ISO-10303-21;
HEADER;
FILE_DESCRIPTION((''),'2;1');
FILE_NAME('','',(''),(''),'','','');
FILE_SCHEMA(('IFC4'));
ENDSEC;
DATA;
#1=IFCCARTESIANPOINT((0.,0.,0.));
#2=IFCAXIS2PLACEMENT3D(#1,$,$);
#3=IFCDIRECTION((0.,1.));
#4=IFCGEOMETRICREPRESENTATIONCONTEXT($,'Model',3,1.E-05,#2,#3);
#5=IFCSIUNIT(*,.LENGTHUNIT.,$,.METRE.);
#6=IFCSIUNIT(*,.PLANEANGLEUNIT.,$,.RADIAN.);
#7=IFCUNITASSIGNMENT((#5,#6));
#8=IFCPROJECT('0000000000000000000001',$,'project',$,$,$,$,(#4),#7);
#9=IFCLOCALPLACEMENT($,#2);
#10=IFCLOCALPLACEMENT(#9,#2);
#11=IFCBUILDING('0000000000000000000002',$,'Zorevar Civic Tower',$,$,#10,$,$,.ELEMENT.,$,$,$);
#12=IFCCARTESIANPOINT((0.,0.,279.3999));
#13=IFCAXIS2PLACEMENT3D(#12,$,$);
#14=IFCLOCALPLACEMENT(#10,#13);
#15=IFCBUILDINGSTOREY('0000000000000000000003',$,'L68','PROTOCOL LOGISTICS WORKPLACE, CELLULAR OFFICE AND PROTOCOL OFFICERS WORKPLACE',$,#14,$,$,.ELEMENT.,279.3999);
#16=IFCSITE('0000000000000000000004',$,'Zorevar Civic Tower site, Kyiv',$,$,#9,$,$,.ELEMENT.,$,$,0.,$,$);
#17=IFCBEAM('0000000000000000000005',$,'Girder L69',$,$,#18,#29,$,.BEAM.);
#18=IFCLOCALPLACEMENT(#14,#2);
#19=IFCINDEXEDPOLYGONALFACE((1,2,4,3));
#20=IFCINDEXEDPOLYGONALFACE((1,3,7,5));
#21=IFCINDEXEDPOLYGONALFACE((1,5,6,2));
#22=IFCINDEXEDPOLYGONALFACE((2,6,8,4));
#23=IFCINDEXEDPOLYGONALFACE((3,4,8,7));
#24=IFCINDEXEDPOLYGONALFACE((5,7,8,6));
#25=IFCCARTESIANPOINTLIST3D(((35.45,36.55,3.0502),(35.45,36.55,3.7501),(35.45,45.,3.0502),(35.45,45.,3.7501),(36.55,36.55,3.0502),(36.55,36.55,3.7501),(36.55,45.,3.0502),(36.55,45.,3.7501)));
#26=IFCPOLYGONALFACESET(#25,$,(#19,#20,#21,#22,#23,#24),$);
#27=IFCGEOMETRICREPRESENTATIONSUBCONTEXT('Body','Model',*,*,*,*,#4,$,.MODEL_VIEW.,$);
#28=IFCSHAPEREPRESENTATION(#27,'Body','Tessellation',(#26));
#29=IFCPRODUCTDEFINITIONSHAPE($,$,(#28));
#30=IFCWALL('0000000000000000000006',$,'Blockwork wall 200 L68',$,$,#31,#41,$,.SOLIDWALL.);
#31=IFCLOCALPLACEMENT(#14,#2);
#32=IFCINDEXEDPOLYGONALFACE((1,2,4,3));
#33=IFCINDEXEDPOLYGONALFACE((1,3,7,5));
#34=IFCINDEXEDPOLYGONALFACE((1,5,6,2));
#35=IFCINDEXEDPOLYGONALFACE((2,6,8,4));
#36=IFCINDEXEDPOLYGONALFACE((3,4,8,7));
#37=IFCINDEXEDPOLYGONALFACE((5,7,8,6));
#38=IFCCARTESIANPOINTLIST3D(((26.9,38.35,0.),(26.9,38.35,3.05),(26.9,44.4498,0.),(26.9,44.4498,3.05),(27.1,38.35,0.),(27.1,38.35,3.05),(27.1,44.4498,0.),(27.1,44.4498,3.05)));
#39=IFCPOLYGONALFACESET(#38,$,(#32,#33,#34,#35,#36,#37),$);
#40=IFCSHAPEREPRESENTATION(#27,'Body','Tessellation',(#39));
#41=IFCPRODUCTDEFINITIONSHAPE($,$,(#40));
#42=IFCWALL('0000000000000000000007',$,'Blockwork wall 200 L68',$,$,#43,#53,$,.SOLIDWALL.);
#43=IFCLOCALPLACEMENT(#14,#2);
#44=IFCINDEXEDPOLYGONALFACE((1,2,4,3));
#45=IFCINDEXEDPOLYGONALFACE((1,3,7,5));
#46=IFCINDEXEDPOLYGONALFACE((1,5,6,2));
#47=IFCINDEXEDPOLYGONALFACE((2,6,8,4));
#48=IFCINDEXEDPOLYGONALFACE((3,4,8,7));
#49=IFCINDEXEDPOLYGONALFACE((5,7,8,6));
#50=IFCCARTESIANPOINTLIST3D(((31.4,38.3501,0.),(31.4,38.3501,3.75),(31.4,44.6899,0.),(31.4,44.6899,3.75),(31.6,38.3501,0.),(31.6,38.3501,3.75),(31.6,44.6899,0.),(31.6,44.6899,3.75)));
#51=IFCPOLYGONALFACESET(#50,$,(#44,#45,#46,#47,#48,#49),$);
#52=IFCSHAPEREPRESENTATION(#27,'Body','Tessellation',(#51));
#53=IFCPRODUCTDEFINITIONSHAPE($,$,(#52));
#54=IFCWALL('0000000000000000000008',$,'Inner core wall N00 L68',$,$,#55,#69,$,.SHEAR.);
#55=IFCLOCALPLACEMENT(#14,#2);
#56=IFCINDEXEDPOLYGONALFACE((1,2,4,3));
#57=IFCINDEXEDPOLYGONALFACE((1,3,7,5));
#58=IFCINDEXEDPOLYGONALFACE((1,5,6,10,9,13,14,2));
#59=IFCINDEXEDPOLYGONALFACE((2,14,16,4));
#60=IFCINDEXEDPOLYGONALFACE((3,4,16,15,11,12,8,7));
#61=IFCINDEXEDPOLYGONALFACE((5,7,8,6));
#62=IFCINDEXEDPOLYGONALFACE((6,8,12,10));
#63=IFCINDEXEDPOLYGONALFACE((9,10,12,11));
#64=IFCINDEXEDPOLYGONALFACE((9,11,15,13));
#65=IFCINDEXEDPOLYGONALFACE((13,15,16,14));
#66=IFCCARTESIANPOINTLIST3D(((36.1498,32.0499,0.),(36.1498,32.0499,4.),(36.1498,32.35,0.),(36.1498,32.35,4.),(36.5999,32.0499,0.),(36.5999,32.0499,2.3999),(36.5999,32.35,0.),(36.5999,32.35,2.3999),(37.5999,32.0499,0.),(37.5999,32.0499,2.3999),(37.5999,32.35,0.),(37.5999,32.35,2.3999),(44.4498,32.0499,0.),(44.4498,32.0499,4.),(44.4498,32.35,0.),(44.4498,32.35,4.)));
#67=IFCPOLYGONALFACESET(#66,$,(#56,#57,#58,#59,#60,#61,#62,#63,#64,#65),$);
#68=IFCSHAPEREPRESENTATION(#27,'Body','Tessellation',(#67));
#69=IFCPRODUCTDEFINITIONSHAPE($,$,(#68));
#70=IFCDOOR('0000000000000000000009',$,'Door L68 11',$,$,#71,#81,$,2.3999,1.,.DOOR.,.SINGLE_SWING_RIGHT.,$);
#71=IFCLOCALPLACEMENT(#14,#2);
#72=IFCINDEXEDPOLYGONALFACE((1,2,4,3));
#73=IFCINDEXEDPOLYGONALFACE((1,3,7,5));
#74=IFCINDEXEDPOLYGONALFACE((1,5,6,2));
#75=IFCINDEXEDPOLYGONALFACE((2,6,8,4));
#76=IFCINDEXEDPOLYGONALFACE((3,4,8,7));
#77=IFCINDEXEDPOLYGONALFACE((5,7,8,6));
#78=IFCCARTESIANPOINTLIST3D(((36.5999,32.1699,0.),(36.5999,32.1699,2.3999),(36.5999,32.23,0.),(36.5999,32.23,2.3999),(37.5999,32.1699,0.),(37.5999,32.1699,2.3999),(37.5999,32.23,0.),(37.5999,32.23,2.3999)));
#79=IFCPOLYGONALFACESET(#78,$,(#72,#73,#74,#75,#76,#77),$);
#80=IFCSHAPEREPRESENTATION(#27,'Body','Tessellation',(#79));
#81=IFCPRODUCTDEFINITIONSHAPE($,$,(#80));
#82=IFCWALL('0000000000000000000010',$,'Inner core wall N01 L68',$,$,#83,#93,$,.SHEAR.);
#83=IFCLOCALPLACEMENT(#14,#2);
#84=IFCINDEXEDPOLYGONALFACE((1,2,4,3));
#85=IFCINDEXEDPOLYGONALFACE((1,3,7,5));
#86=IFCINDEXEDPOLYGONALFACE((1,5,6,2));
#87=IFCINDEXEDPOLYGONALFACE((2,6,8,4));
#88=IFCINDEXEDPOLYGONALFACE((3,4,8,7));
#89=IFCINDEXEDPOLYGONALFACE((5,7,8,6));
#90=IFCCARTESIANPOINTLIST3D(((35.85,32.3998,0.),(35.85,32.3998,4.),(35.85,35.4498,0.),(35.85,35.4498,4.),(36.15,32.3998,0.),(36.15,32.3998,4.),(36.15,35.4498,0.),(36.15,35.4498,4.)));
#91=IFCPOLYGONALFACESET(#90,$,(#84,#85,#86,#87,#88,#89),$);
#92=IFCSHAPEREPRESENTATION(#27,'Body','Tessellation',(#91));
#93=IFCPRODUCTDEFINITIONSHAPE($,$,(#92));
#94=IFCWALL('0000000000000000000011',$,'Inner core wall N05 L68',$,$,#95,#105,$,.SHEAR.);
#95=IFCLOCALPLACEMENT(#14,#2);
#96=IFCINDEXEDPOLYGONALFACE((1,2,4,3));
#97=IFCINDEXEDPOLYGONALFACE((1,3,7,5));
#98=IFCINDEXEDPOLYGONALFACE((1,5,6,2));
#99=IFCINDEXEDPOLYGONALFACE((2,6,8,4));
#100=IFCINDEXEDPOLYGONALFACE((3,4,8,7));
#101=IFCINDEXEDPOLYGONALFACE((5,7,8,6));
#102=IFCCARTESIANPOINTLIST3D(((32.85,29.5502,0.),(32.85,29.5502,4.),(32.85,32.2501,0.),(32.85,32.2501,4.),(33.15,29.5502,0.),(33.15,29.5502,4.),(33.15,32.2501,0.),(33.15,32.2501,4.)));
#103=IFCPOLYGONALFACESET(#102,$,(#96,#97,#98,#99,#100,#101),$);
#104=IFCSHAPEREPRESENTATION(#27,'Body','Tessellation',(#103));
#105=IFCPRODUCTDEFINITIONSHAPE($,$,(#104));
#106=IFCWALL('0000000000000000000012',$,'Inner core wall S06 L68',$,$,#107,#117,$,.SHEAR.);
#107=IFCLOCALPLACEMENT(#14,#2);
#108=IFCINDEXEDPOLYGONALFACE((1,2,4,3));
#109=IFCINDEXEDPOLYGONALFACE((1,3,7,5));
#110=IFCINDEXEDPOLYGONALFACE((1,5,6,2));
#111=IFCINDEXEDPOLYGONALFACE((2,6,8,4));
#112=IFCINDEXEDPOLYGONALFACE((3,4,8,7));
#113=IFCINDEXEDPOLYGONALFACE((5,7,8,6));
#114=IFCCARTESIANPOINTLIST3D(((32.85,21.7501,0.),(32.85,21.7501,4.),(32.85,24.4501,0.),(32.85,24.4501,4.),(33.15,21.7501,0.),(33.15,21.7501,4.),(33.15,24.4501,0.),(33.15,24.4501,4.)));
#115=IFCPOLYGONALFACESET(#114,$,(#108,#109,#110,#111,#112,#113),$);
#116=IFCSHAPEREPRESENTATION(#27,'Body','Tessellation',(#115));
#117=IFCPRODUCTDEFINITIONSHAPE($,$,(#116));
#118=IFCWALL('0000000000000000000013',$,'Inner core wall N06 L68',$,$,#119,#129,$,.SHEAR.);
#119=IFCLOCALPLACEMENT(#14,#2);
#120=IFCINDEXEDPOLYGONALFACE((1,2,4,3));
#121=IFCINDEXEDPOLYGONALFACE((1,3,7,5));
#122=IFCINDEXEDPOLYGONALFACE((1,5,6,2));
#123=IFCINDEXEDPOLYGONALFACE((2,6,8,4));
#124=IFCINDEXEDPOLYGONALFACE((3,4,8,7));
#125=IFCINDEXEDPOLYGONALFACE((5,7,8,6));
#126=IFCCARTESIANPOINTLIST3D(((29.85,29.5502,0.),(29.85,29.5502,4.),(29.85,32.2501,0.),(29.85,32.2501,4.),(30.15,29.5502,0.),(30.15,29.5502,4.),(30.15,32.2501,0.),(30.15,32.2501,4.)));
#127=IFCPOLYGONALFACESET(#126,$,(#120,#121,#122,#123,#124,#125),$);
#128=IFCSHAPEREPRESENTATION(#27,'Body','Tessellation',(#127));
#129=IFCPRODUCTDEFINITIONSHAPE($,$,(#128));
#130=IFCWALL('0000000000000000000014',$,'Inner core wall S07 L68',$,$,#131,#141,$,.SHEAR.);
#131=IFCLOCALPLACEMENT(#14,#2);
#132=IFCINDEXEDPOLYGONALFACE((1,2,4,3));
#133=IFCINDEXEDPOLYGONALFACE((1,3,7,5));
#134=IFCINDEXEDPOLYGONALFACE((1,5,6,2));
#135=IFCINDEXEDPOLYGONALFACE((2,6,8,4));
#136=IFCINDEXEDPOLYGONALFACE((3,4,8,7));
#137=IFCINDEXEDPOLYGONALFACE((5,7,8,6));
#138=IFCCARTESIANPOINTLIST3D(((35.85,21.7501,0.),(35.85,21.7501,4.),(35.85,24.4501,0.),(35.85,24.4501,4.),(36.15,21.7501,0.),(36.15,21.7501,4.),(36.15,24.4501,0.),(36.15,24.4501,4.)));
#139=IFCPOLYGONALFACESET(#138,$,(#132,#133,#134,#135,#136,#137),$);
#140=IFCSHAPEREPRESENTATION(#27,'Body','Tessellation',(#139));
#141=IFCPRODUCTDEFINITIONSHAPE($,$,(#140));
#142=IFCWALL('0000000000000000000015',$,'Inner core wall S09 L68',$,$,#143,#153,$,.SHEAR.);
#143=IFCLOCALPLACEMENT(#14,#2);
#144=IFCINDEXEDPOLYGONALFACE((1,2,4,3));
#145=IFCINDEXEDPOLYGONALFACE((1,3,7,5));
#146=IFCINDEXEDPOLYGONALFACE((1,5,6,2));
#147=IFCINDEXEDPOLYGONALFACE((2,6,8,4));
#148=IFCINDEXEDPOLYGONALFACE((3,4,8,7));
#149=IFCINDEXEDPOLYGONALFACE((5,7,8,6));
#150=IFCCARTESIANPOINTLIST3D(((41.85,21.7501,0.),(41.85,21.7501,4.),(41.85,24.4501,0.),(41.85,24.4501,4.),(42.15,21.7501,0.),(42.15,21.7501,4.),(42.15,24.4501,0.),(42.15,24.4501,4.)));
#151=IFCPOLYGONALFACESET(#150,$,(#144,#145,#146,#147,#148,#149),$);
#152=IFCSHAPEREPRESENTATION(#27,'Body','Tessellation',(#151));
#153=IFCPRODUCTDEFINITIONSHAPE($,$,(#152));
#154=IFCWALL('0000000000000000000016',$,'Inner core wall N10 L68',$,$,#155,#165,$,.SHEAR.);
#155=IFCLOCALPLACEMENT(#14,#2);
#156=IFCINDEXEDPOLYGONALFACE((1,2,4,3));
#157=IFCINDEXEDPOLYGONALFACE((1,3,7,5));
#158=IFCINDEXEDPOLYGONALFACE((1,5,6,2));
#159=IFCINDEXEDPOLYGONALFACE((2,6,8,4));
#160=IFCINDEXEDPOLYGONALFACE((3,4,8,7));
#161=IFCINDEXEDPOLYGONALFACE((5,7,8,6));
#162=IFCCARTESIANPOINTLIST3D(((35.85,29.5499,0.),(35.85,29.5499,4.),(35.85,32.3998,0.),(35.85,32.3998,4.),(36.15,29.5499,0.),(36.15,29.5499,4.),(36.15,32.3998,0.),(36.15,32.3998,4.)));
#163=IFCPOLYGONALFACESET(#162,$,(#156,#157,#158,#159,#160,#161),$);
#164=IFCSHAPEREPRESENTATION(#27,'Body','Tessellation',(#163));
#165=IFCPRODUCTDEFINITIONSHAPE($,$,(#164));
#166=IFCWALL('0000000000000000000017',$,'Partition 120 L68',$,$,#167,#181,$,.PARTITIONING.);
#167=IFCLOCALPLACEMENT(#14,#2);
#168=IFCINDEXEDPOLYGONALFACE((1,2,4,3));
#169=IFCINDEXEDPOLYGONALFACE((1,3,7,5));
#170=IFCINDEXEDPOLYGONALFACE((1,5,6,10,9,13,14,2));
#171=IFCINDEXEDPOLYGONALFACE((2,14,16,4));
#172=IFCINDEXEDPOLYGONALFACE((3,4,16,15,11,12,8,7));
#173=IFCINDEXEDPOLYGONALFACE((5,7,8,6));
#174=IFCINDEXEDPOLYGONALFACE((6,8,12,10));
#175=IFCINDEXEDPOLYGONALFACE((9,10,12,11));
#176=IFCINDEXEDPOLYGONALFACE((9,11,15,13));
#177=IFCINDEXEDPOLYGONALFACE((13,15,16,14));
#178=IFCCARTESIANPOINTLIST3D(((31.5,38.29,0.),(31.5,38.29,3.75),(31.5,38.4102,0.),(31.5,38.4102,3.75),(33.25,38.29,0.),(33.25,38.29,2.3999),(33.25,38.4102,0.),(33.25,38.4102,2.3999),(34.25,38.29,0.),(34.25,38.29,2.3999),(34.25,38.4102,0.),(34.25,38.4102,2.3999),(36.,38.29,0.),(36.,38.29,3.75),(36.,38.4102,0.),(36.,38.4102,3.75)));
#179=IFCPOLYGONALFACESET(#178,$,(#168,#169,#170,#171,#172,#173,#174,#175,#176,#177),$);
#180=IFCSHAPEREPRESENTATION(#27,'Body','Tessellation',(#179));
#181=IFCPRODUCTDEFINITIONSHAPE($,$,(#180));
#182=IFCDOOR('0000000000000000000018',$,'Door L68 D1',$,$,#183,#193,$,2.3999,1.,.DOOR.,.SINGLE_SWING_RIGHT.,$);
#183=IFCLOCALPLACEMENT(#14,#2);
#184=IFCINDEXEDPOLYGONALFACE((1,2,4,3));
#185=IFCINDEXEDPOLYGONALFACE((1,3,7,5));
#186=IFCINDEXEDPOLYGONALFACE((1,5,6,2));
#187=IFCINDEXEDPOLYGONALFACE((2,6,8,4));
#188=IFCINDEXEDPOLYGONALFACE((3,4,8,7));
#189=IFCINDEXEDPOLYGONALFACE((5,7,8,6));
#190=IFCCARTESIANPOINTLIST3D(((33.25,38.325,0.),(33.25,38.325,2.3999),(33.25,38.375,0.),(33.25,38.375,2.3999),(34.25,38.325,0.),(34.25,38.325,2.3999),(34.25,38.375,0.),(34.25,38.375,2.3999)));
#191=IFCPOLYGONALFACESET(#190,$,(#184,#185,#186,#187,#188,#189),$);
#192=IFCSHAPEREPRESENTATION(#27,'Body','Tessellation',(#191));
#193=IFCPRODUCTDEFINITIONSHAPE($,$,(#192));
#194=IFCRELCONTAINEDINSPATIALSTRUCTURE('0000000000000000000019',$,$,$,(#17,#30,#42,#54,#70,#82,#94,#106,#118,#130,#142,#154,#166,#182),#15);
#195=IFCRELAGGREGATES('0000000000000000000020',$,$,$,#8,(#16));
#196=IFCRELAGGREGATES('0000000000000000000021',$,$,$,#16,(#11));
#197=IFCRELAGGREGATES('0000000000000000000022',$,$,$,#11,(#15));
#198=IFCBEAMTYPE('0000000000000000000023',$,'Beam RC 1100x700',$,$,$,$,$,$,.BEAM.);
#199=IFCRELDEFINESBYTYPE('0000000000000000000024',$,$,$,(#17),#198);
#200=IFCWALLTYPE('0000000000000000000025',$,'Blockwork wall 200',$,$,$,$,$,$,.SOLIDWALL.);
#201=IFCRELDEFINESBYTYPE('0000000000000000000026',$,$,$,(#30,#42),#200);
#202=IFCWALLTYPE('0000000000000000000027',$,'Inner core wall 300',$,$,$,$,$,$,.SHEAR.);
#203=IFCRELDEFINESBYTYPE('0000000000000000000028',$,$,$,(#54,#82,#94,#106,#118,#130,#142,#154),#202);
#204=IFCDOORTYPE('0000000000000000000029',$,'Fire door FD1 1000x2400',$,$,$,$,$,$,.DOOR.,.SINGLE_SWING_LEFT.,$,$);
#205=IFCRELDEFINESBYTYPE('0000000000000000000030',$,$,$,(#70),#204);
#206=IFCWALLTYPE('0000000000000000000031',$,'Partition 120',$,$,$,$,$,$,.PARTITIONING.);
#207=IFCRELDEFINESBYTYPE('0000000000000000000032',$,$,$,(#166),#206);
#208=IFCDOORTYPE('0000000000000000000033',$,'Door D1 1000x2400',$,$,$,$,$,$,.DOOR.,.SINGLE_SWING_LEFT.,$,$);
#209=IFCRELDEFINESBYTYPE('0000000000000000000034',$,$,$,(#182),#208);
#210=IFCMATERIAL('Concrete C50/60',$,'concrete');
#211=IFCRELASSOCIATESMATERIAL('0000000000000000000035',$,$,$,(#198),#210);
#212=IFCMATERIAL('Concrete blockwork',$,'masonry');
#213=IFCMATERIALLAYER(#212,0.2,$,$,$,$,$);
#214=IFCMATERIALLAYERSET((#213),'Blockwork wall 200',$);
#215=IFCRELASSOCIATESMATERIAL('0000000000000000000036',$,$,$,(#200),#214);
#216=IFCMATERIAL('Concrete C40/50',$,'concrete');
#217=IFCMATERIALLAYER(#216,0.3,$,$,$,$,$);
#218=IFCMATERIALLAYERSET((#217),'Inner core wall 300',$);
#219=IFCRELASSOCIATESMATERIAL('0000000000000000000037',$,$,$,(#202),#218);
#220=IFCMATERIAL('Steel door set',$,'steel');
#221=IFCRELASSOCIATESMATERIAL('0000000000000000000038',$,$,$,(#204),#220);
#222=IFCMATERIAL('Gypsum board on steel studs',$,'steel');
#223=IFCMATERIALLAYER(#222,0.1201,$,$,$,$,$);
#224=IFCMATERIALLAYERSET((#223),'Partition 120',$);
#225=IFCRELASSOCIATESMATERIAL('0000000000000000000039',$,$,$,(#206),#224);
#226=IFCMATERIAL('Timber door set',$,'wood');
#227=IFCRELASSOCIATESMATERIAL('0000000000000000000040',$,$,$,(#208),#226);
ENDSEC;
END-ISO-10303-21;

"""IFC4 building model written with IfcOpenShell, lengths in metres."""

from ifc_helpers import new_model, si_unit, direction, frame, frame_2d, origin, origin_2d, place, context, subcontext, project, spatial, rectangle, extrude, material, layer, layer_set, material_profile, profile_set, type_object, element, fill, save


model = new_model("IFC4")

# Units and contexts
model_context = context("Model", 3, precision=1e-05, world=origin(), true_north=direction((0.0, 1.0)))
body_context = subcontext(model_context, "Body", "Model", "MODEL_VIEW")
ifc_project = project(units=[si_unit("LENGTHUNIT", "METRE"), si_unit("PLANEANGLEUNIT", "RADIAN")], contexts=[model_context])

# Site, building, storey
site_placement = place(None, origin())
site = spatial("IfcSite", under=ifc_project, at=site_placement, Name="Zorevar Civic Tower site, Kyiv", CompositionType="ELEMENT", RefElevation=0.0)
building_placement = place(site_placement, origin())
building = spatial("IfcBuilding", under=site, at=building_placement, Name="Zorevar Civic Tower", CompositionType="ELEMENT")
storey_placement = place(building_placement, frame((0.0, 0.0, 279.3999)))
storey = spatial("IfcBuildingStorey", under=building, at=storey_placement, Name="L68", Description="PROTOCOL LOGISTICS WORKPLACE, CELLULAR OFFICE AND PROTOCOL OFFICERS WORKPLACE", CompositionType="ELEMENT", Elevation=279.3999)

# Beam
ifc_material_1 = material(Name="Concrete C50/60", Category="concrete")
ifc_material_profile = material_profile(ifc_material_1, rectangle(XDim=1.1001, YDim=0.7, at=origin_2d()), Name="RC 1100x700")
ifc_profile_set = profile_set([ifc_material_profile], Name="Concrete C50/60")
beam_type = type_object("IfcBeamType", Name="Beam RC 1100x700", PredefinedType="BEAM", material=ifc_profile_set)
beam_placement = place(storey_placement, frame((36.0, 36.55, 3.4001), z_axis=(0.0, 1.0, 0.0), x_axis=(-1.0, 0.0, 0.0)))
element("IfcBeam", 1, at=beam_placement, inside=storey, type_object=beam_type, Name="Girder L69", PredefinedType="BEAM", context=body_context, shape_type="SweptSolid", body=[
    extrude(rectangle(XDim=1.1001, YDim=0.7, at=origin_2d()), origin(), (0.0, 0.0, 1.0), 8.45),
])

# Shared definitions
ifc_material_2 = material(Name="Concrete blockwork", Category="masonry")
ifc_layer_1 = layer(ifc_material_2, 0.2)
ifc_layer_set_1 = layer_set([ifc_layer_1], Name="Blockwork wall 200")
wall_type_1 = type_object("IfcWallType", Name="Blockwork wall 200", PredefinedType="SOLIDWALL", material=ifc_layer_set_1)

# Walls
wall_1_placement = place(storey_placement, frame((27.0, 38.3501, 0.0), z_axis=(0.0, 0.0, 1.0), x_axis=(0.0, 1.0, 0.0)))
element("IfcWall", 2, at=wall_1_placement, inside=storey, type_object=wall_type_1, Name="Blockwork wall 200 L68", PredefinedType="SOLIDWALL", context=body_context, shape_type="SweptSolid", body=[
    extrude(rectangle(XDim=6.0999, YDim=0.2, at=frame_2d((3.0498, 0.0))), origin(), (0.0, 0.0, 1.0), 3.05),
])
wall_2_placement = place(storey_placement, frame((31.5, 38.3501, 0.0), z_axis=(0.0, 0.0, 1.0), x_axis=(0.0, 1.0, 0.0)))
element("IfcWall", 3, at=wall_2_placement, inside=storey, type_object=wall_type_1, Name="Blockwork wall 200 L68", PredefinedType="SOLIDWALL", context=body_context, shape_type="SweptSolid", body=[
    extrude(rectangle(XDim=6.3398, YDim=0.2, at=frame_2d((3.1699, 0.0))), origin(), (0.0, 0.0, 1.0), 3.75),
])

# Wall, opening, door
ifc_material_3 = material(Name="Concrete C40/50", Category="concrete")
ifc_layer_2 = layer(ifc_material_3, 0.3)
ifc_layer_set_2 = layer_set([ifc_layer_2], Name="Inner core wall 300")
wall_type_2 = type_object("IfcWallType", Name="Inner core wall 300", PredefinedType="SHEAR", material=ifc_layer_set_2)
wall_3_placement = place(storey_placement, frame((36.1499, 32.2, 0.0), z_axis=(0.0, 0.0, 1.0), x_axis=(1.0, 0.0, 0.0)))
wall_3 = element("IfcWall", 4, at=wall_3_placement, inside=storey, type_object=wall_type_2, Name="Inner core wall N00 L68", PredefinedType="SHEAR", context=body_context, shape_type="SweptSolid", body=[
    extrude(rectangle(XDim=8.3, YDim=0.3, at=frame_2d((4.1499, 0.0))), origin(), (0.0, 0.0, 1.0), 4.0),
])
opening_1_placement = place(wall_3_placement, frame((0.45, 0.0, 0.0)))
opening_1 = element("IfcOpeningElement", 5, at=opening_1_placement, cuts=wall_3, PredefinedType="OPENING", context=body_context, shape_type="SweptSolid", body=[
    extrude(rectangle(XDim=1.0, YDim=2.3999, at=frame_2d((0.5, 1.2))), frame((0.0, 0.1599, 0.0), z_axis=(0.0, -1.0, 0.0), x_axis=(1.0, 0.0, 0.0)), (0.0, 0.0, 1.0), 0.3201),
])
ifc_material_4 = material(Name="Steel door set", Category="steel")
door_type_1 = type_object("IfcDoorType", Name="Fire door FD1 1000x2400", OperationType="SINGLE_SWING_LEFT", PredefinedType="DOOR", material=ifc_material_4)
door_1_placement = place(opening_1_placement, origin())
door_1 = element("IfcDoor", 6, at=door_1_placement, inside=storey, type_object=door_type_1, Name="Door L68 11", OperationType="SINGLE_SWING_RIGHT", OverallHeight=2.3999, OverallWidth=1.0, PredefinedType="DOOR", context=body_context, shape_type="SweptSolid", body=[
    extrude(rectangle(XDim=1.0, YDim=2.3999, at=frame_2d((0.5, 1.2))), frame((0.0, 0.03, 0.0), z_axis=(0.0, -1.0, 0.0), x_axis=(1.0, 0.0, 0.0)), (0.0, 0.0, 1.0), 0.0601),
])
fill(opening_1, door_1)

# Wall
wall_4_placement = place(storey_placement, frame((36.0, 32.3999, 0.0), z_axis=(0.0, 0.0, 1.0), x_axis=(0.0, 1.0, 0.0)))
element("IfcWall", 7, at=wall_4_placement, inside=storey, type_object=wall_type_2, Name="Inner core wall N01 L68", PredefinedType="SHEAR", context=body_context, shape_type="SweptSolid", body=[
    extrude(rectangle(XDim=3.05, YDim=0.3, at=frame_2d((1.5249, 0.0))), origin(), (0.0, 0.0, 1.0), 4.0),
])

# Walls
for number, where, z_axis, x_axis, name in (
    (8, (33.0, 29.55, 0.0), (0.0, 0.0, 1.0), (0.0, 1.0, 0.0), "Inner core wall N05 L68"),
    (9, (33.0, 21.75, 0.0), (0.0, 0.0, 1.0), (0.0, 1.0, 0.0), "Inner core wall S06 L68"),
    (10, (30.0, 29.55, 0.0), (0.0, 0.0, 1.0), (0.0, 1.0, 0.0), "Inner core wall N06 L68"),
    (11, (36.0, 21.75, 0.0), (0.0, 0.0, 1.0), (0.0, 1.0, 0.0), "Inner core wall S07 L68"),
    (12, (42.0, 21.75, 0.0), (0.0, 0.0, 1.0), (0.0, 1.0, 0.0), "Inner core wall S09 L68"),
):
    element("IfcWall", number, at=place(storey_placement, frame(where, z_axis=z_axis, x_axis=x_axis)), inside=storey, type_object=wall_type_2, Name=name, PredefinedType="SHEAR", context=body_context, shape_type="SweptSolid", body=[
        extrude(rectangle(XDim=2.7, YDim=0.3, at=frame_2d((1.3501, 0.0))), origin(), (0.0, 0.0, 1.0), 4.0),
    ])
wall_5_placement = place(storey_placement, frame((36.0, 29.55, 0.0), z_axis=(0.0, 0.0, 1.0), x_axis=(0.0, 1.0, 0.0)))
element("IfcWall", 13, at=wall_5_placement, inside=storey, type_object=wall_type_2, Name="Inner core wall N10 L68", PredefinedType="SHEAR", context=body_context, shape_type="SweptSolid", body=[
    extrude(rectangle(XDim=2.8499, YDim=0.3, at=frame_2d((1.4248, 0.0))), origin(), (0.0, 0.0, 1.0), 4.0),
])

# Wall, opening, door
ifc_material_5 = material(Name="Gypsum board on steel studs", Category="steel")
ifc_layer_3 = layer(ifc_material_5, 0.1201)
ifc_layer_set_3 = layer_set([ifc_layer_3], Name="Partition 120")
wall_type_3 = type_object("IfcWallType", Name="Partition 120", PredefinedType="PARTITIONING", material=ifc_layer_set_3)
wall_6_placement = place(storey_placement, frame((31.5, 38.3501, 0.0), z_axis=(0.0, 0.0, 1.0), x_axis=(1.0, 0.0, 0.0)))
wall_6 = element("IfcWall", 14, at=wall_6_placement, inside=storey, type_object=wall_type_3, Name="Partition 120 L68", PredefinedType="PARTITIONING", context=body_context, shape_type="SweptSolid", body=[
    extrude(rectangle(XDim=4.5, YDim=0.1201, at=frame_2d((2.25, 0.0))), origin(), (0.0, 0.0, 1.0), 3.75),
])
opening_2_placement = place(wall_6_placement, frame((1.75, 0.0, 0.0)))
opening_2 = element("IfcOpeningElement", 15, at=opening_2_placement, cuts=wall_6, PredefinedType="OPENING", context=body_context, shape_type="SweptSolid", body=[
    extrude(rectangle(XDim=1.0, YDim=2.3999, at=frame_2d((0.5, 1.2))), frame((0.0, 0.0701, 0.0), z_axis=(0.0, -1.0, 0.0), x_axis=(1.0, 0.0, 0.0)), (0.0, 0.0, 1.0), 0.1401),
])
ifc_material_6 = material(Name="Timber door set", Category="wood")
door_type_2 = type_object("IfcDoorType", Name="Door D1 1000x2400", OperationType="SINGLE_SWING_LEFT", PredefinedType="DOOR", material=ifc_material_6)
door_2_placement = place(opening_2_placement, origin())
door_2 = element("IfcDoor", 16, at=door_2_placement, inside=storey, type_object=door_type_2, Name="Door L68 D1", OperationType="SINGLE_SWING_RIGHT", OverallHeight=2.3999, OverallWidth=1.0, PredefinedType="DOOR", context=body_context, shape_type="SweptSolid", body=[
    extrude(rectangle(XDim=1.0, YDim=2.3999, at=frame_2d((0.5, 1.2))), frame((0.0, 0.0249, 0.0), z_axis=(0.0, -1.0, 0.0), x_axis=(1.0, 0.0, 0.0)), (0.0, 0.0, 1.0), 0.05),
])
fill(opening_2, door_2)

save(model, "model.ifc")
